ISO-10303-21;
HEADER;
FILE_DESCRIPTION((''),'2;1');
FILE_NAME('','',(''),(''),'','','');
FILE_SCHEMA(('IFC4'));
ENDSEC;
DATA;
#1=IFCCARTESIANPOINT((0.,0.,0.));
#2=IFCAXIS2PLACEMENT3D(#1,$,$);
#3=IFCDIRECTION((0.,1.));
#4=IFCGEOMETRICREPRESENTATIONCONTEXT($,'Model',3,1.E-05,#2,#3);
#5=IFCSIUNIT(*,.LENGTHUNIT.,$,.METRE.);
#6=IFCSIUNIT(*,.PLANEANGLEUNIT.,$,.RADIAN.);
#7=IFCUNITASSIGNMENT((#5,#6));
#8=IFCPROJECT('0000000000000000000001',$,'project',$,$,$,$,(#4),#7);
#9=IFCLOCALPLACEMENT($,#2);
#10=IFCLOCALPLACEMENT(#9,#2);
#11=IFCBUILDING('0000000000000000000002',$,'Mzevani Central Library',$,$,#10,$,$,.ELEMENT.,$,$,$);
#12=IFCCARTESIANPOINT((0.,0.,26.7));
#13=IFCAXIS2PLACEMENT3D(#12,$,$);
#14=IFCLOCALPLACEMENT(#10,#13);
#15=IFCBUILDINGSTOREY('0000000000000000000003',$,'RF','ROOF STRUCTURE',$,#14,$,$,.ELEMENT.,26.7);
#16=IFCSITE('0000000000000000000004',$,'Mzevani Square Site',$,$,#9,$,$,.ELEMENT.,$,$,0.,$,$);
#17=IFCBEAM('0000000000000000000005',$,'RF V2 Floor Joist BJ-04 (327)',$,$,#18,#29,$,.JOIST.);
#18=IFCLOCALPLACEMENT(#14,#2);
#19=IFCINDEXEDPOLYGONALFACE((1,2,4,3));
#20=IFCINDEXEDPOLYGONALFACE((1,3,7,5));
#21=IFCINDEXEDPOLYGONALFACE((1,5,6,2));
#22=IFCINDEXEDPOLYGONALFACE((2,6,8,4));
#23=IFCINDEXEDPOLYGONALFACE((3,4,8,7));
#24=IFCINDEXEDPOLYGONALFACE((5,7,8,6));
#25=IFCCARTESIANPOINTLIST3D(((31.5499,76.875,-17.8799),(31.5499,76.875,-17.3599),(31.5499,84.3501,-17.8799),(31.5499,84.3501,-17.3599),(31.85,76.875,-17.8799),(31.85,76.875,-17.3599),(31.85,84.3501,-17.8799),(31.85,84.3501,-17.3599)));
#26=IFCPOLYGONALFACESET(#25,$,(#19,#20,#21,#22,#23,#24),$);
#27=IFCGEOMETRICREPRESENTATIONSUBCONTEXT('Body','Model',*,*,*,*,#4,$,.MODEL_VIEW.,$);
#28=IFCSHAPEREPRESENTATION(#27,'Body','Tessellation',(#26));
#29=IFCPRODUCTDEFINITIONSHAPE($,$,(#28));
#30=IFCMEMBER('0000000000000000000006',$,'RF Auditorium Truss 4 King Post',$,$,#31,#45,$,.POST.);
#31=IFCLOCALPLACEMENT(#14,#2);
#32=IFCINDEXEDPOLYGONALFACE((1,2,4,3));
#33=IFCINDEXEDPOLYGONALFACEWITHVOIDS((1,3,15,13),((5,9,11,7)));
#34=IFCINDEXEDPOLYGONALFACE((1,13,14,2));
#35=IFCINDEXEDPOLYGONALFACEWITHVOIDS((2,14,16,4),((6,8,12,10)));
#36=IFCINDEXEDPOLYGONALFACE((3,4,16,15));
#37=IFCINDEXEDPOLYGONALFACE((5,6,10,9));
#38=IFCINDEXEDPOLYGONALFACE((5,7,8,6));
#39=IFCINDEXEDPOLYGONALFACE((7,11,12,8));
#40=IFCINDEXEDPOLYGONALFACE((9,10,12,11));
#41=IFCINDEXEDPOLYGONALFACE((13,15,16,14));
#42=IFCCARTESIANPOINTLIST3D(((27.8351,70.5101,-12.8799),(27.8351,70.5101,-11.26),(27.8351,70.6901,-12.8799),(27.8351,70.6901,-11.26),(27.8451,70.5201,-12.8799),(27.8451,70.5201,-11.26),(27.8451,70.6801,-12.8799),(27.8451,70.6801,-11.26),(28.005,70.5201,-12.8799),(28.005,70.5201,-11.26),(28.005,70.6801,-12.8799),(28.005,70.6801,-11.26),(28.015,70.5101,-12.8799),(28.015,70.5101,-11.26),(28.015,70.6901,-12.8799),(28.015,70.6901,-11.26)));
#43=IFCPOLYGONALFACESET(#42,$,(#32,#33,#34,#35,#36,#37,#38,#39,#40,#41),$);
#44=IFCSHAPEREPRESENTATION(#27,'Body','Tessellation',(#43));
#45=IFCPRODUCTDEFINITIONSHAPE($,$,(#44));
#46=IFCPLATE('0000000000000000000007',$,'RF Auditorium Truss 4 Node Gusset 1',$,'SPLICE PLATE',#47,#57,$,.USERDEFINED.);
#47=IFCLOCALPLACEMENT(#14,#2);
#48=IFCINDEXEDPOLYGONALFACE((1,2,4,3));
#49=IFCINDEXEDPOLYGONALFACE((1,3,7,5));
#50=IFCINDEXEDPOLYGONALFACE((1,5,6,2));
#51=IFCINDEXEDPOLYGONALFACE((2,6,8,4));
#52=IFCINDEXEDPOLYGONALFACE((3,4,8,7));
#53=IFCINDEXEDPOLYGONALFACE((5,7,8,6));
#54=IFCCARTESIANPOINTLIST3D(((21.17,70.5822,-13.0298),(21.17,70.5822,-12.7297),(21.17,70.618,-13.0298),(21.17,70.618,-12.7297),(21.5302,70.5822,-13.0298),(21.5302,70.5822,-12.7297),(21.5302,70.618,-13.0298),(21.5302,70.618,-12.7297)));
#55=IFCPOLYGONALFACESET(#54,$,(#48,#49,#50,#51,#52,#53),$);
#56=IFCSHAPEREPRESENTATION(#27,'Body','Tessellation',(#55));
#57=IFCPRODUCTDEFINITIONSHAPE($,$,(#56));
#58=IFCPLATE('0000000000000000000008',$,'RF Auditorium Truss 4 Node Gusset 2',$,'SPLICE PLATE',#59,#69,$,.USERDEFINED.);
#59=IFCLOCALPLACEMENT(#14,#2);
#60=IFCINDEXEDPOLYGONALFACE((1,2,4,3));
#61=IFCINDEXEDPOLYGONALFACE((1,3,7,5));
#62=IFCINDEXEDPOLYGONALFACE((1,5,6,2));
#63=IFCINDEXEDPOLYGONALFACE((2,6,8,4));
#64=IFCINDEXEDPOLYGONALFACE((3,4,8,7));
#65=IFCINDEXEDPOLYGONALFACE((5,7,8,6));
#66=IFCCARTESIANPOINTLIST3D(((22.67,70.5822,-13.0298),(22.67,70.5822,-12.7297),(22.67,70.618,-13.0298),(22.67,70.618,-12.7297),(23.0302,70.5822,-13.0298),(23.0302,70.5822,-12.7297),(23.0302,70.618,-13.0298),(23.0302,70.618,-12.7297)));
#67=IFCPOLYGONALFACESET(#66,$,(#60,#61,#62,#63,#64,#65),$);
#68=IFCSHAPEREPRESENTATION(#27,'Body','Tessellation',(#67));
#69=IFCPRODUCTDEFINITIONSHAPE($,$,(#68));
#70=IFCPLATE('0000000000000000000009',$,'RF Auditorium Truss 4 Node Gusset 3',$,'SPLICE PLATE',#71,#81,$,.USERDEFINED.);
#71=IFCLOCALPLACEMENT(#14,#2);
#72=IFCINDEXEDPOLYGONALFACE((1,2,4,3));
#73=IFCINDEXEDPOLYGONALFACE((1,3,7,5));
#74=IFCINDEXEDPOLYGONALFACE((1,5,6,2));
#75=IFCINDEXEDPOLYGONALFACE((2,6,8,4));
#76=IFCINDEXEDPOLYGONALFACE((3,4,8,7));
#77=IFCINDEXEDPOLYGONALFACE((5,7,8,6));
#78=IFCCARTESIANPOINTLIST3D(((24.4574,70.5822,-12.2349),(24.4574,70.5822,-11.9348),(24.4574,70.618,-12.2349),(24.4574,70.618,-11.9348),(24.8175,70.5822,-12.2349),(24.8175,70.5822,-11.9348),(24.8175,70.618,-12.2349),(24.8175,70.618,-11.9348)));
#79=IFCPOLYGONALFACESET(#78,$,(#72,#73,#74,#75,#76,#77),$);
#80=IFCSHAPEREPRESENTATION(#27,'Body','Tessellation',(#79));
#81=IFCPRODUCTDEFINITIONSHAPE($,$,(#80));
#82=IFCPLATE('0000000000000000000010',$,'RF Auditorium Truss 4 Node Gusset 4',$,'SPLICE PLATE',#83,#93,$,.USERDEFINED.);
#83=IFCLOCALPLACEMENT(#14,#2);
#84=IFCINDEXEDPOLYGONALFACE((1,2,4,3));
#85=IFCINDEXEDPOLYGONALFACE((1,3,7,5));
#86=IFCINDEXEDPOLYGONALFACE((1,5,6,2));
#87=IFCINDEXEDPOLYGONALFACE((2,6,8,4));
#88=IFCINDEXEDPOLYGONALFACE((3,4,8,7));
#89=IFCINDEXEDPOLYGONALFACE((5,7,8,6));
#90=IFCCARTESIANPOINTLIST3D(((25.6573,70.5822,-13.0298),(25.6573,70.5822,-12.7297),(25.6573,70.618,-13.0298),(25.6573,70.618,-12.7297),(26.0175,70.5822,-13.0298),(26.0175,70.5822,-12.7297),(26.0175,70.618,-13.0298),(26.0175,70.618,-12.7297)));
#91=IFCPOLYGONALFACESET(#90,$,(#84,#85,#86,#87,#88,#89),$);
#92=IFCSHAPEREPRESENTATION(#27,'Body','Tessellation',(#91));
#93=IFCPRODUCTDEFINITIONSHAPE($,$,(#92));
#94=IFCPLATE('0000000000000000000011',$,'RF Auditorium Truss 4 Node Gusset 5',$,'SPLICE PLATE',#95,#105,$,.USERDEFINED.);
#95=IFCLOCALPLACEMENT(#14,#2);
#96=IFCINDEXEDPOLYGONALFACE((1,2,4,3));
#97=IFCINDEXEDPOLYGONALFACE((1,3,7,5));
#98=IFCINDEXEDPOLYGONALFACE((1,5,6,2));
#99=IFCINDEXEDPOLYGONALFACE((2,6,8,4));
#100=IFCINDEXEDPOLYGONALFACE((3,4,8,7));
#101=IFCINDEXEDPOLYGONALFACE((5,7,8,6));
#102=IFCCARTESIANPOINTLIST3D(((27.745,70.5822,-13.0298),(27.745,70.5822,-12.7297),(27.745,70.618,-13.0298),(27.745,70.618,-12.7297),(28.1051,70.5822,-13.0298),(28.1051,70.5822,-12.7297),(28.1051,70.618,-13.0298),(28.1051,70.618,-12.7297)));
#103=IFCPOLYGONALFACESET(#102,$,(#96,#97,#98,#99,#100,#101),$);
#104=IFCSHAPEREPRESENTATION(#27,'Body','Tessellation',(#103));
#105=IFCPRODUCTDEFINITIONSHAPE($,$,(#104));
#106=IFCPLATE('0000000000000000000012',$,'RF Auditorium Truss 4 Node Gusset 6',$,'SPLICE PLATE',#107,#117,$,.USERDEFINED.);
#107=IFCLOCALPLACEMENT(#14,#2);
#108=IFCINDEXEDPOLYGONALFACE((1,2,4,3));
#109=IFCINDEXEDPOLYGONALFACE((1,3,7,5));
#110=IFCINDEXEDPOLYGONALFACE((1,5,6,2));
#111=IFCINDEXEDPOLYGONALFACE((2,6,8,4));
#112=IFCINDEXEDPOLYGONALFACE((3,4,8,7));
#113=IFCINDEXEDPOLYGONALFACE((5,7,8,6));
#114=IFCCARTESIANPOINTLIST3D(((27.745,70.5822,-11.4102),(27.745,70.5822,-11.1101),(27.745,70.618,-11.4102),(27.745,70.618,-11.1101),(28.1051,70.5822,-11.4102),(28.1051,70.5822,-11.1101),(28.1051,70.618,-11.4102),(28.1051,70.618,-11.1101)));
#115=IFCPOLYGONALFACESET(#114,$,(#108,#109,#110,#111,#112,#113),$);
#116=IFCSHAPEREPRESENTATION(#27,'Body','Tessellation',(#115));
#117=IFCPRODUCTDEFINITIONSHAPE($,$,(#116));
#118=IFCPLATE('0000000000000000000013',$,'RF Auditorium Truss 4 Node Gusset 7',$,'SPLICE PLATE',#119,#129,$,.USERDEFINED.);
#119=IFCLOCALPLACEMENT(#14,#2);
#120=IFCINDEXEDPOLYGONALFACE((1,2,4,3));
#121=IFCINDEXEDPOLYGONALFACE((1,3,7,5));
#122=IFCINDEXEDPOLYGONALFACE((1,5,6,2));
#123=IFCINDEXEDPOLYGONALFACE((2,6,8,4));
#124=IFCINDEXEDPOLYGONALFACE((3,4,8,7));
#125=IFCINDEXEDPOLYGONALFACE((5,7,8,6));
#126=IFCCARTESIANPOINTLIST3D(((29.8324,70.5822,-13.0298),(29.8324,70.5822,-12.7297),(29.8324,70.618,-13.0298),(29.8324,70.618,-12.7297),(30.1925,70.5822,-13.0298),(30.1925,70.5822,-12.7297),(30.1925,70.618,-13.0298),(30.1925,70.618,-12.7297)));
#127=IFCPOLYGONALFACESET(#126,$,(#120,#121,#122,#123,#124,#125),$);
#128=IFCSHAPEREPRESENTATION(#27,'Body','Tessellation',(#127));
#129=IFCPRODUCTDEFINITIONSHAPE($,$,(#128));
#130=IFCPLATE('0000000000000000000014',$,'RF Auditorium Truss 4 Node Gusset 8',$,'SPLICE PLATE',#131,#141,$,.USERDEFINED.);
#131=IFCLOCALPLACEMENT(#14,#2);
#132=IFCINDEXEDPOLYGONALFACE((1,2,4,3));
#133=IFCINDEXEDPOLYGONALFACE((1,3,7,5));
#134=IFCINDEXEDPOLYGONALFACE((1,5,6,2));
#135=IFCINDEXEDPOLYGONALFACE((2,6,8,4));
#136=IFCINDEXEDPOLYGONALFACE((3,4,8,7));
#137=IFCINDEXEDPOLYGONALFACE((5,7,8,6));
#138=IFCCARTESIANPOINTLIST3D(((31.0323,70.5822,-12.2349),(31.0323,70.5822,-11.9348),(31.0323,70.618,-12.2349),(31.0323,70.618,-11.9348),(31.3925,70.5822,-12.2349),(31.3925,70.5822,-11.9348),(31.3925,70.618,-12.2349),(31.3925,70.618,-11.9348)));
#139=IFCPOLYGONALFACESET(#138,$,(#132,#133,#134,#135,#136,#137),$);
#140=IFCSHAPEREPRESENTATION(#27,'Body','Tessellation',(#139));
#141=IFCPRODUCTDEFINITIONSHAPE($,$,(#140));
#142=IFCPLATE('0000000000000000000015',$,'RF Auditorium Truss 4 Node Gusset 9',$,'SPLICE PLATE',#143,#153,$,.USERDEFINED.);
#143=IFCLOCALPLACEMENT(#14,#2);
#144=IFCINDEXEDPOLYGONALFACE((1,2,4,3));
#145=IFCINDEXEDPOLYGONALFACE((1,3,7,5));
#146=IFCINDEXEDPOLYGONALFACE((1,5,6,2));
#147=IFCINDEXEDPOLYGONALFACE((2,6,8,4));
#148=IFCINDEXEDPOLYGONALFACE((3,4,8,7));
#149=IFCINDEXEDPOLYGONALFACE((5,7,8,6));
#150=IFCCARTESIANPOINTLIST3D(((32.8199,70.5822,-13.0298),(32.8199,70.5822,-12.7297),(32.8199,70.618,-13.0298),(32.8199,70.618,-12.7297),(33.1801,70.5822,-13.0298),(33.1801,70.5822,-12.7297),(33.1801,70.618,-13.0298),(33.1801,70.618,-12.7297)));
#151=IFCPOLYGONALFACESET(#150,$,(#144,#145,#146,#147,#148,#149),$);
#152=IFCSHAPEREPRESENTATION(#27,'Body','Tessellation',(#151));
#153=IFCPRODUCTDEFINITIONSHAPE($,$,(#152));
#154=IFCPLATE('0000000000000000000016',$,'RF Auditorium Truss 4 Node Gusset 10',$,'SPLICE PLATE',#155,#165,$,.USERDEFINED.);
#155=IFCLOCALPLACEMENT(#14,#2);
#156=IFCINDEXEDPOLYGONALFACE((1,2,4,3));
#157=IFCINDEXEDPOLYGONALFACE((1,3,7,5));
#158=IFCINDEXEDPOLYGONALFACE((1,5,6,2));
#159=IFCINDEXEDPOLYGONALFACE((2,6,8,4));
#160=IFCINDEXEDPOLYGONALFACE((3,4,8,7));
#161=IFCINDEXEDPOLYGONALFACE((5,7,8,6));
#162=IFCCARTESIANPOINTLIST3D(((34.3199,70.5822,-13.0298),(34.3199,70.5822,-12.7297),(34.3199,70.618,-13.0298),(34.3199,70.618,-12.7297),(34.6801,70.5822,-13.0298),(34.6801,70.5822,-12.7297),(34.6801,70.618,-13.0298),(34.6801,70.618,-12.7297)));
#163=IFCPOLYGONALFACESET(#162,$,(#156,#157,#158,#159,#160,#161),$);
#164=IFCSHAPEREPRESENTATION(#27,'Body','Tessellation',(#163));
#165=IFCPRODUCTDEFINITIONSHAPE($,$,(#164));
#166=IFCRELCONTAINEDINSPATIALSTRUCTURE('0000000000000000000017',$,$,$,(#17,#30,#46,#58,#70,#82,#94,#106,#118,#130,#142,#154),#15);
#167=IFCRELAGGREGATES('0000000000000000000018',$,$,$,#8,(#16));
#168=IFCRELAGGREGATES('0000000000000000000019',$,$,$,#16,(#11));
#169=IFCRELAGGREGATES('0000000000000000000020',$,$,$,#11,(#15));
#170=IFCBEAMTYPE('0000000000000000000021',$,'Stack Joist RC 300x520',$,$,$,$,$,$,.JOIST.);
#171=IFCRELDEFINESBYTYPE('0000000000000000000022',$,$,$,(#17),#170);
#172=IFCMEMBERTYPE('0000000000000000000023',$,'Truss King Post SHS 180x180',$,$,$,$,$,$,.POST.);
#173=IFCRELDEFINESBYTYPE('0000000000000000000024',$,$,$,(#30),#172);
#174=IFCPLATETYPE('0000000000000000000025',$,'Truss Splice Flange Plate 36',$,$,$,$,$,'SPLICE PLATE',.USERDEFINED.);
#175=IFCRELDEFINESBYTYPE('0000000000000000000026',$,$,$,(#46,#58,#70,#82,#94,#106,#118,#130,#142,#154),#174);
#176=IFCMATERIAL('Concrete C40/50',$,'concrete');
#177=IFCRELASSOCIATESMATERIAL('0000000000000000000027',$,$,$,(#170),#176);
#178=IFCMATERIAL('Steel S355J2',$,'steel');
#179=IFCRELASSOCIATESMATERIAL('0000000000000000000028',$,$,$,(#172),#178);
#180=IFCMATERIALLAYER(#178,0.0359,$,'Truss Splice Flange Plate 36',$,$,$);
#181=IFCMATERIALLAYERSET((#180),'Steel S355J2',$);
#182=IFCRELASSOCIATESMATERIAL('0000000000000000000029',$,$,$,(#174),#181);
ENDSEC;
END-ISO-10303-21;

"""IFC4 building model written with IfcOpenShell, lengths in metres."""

from ifc_helpers import new_model, si_unit, direction, frame, origin, origin_2d, place, context, subcontext, project, spatial, rectangle, hollow_rectangle, extrude, material, layer, layer_set, material_profile, profile_set, type_object, element, save


model = new_model("IFC4")

# Units and contexts
model_context = context("Model", 3, precision=1e-05, world=origin(), true_north=direction((0.0, 1.0)))
body_context = subcontext(model_context, "Body", "Model", "MODEL_VIEW")
ifc_project = project(units=[si_unit("LENGTHUNIT", "METRE"), si_unit("PLANEANGLEUNIT", "RADIAN")], contexts=[model_context])

# Site, building, storey
site_placement = place(None, origin())
site = spatial("IfcSite", under=ifc_project, at=site_placement, Name="Mzevani Square Site", CompositionType="ELEMENT", RefElevation=0.0)
building_placement = place(site_placement, origin())
building = spatial("IfcBuilding", under=site, at=building_placement, Name="Mzevani Central Library", CompositionType="ELEMENT")
storey_placement = place(building_placement, frame((0.0, 0.0, 26.7)))
storey = spatial("IfcBuildingStorey", under=building, at=storey_placement, Name="RF", Description="ROOF STRUCTURE", CompositionType="ELEMENT", Elevation=26.7)

# Shared definitions
ifc_material_1 = material(Name="Steel S355J2", Category="steel")

# Beam
ifc_material_2 = material(Name="Concrete C40/50", Category="concrete")
ifc_material_profile_1 = material_profile(ifc_material_2, rectangle(XDim=0.3, YDim=0.52, at=origin_2d()), Name="RC J300x520")
ifc_profile_set_1 = profile_set([ifc_material_profile_1], Name="Concrete C40/50")
beam_type_1 = type_object("IfcBeamType", Name="Stack Joist RC 300x520", PredefinedType="JOIST", material=ifc_profile_set_1)
beam_1_placement = place(storey_placement, frame((31.7, 76.875, -17.6199), z_axis=(0.0, 1.0, 0.0), x_axis=(-1.0, 0.0, 0.0)))
element("IfcBeam", 1, at=beam_1_placement, inside=storey, type_object=beam_type_1, Name="RF V2 Floor Joist BJ-04 (327)", PredefinedType="JOIST", context=body_context, shape_type="SweptSolid", body=[
    extrude(rectangle(XDim=0.3, YDim=0.52, at=origin_2d()), origin(), (0.0, 0.0, 1.0), 7.4751),
])

# Member
ifc_material_profile_2 = material_profile(ifc_material_1, hollow_rectangle(XDim=0.1799, YDim=0.1799, WallThickness=0.01, at=origin_2d()), Name="SHS 180x180x10.0")
ifc_profile_set_2 = profile_set([ifc_material_profile_2], Name="Steel S355J2")
member_type_1 = type_object("IfcMemberType", Name="Truss King Post SHS 180x180", PredefinedType="POST", material=ifc_profile_set_2)
member_1_placement = place(storey_placement, frame((27.925, 70.6001, -12.8799), z_axis=(0.0, 0.0, 1.0), x_axis=(1.0, 0.0, 0.0)))
element("IfcMember", 2, at=member_1_placement, inside=storey, type_object=member_type_1, Name="RF Auditorium Truss 4 King Post", PredefinedType="POST", context=body_context, shape_type="SweptSolid", body=[
    extrude(hollow_rectangle(XDim=0.1799, YDim=0.1799, WallThickness=0.01, at=origin_2d()), origin(), (0.0, 0.0, 1.0), 1.6199),
])

# Plates
ifc_layer = layer(ifc_material_1, 0.0359, Name="Truss Splice Flange Plate 36")
ifc_layer_set = layer_set([ifc_layer], Name="Steel S355J2")
plate_type = type_object("IfcPlateType", Name="Truss Splice Flange Plate 36", ElementType="SPLICE PLATE", PredefinedType="USERDEFINED", material=ifc_layer_set)
for number, where, z_axis, x_axis, name in (
    (3, (21.3501, 70.6001, -13.0298), (0.0, 0.0, 1.0), (1.0, 0.0, 0.0), "RF Auditorium Truss 4 Node Gusset 1"),
    (4, (22.8501, 70.6001, -13.0298), (0.0, 0.0, 1.0), (1.0, 0.0, 0.0), "RF Auditorium Truss 4 Node Gusset 2"),
    (5, (24.6375, 70.6001, -12.2349), (0.0, 0.0, 1.0), (1.0, 0.0, 0.0), "RF Auditorium Truss 4 Node Gusset 3"),
    (6, (25.8374, 70.6001, -13.0298), (0.0, 0.0, 1.0), (1.0, 0.0, 0.0), "RF Auditorium Truss 4 Node Gusset 4"),
    (7, (27.925, 70.6001, -13.0298), (0.0, 0.0, 1.0), (1.0, 0.0, 0.0), "RF Auditorium Truss 4 Node Gusset 5"),
    (8, (27.925, 70.6001, -11.4102), (0.0, 0.0, 1.0), (1.0, 0.0, 0.0), "RF Auditorium Truss 4 Node Gusset 6"),
    (9, (30.0125, 70.6001, -13.0298), (0.0, 0.0, 1.0), (1.0, 0.0, 0.0), "RF Auditorium Truss 4 Node Gusset 7"),
    (10, (31.2124, 70.6001, -12.2349), (0.0, 0.0, 1.0), (1.0, 0.0, 0.0), "RF Auditorium Truss 4 Node Gusset 8"),
    (11, (33.0, 70.6001, -13.0298), (0.0, 0.0, 1.0), (1.0, 0.0, 0.0), "RF Auditorium Truss 4 Node Gusset 9"),
    (12, (34.5, 70.6001, -13.0298), (0.0, 0.0, 1.0), (1.0, 0.0, 0.0), "RF Auditorium Truss 4 Node Gusset 10"),
):
    element("IfcPlate", number, at=place(storey_placement, frame(where, z_axis=z_axis, x_axis=x_axis)), inside=storey, type_object=plate_type, Name=name, ObjectType="SPLICE PLATE", PredefinedType="USERDEFINED", context=body_context, shape_type="SweptSolid", body=[
        extrude(rectangle(XDim=0.3601, YDim=0.0359, at=origin_2d()), origin(), (0.0, 0.0, 1.0), 0.3),
    ])

save(model, "model.ifc")
